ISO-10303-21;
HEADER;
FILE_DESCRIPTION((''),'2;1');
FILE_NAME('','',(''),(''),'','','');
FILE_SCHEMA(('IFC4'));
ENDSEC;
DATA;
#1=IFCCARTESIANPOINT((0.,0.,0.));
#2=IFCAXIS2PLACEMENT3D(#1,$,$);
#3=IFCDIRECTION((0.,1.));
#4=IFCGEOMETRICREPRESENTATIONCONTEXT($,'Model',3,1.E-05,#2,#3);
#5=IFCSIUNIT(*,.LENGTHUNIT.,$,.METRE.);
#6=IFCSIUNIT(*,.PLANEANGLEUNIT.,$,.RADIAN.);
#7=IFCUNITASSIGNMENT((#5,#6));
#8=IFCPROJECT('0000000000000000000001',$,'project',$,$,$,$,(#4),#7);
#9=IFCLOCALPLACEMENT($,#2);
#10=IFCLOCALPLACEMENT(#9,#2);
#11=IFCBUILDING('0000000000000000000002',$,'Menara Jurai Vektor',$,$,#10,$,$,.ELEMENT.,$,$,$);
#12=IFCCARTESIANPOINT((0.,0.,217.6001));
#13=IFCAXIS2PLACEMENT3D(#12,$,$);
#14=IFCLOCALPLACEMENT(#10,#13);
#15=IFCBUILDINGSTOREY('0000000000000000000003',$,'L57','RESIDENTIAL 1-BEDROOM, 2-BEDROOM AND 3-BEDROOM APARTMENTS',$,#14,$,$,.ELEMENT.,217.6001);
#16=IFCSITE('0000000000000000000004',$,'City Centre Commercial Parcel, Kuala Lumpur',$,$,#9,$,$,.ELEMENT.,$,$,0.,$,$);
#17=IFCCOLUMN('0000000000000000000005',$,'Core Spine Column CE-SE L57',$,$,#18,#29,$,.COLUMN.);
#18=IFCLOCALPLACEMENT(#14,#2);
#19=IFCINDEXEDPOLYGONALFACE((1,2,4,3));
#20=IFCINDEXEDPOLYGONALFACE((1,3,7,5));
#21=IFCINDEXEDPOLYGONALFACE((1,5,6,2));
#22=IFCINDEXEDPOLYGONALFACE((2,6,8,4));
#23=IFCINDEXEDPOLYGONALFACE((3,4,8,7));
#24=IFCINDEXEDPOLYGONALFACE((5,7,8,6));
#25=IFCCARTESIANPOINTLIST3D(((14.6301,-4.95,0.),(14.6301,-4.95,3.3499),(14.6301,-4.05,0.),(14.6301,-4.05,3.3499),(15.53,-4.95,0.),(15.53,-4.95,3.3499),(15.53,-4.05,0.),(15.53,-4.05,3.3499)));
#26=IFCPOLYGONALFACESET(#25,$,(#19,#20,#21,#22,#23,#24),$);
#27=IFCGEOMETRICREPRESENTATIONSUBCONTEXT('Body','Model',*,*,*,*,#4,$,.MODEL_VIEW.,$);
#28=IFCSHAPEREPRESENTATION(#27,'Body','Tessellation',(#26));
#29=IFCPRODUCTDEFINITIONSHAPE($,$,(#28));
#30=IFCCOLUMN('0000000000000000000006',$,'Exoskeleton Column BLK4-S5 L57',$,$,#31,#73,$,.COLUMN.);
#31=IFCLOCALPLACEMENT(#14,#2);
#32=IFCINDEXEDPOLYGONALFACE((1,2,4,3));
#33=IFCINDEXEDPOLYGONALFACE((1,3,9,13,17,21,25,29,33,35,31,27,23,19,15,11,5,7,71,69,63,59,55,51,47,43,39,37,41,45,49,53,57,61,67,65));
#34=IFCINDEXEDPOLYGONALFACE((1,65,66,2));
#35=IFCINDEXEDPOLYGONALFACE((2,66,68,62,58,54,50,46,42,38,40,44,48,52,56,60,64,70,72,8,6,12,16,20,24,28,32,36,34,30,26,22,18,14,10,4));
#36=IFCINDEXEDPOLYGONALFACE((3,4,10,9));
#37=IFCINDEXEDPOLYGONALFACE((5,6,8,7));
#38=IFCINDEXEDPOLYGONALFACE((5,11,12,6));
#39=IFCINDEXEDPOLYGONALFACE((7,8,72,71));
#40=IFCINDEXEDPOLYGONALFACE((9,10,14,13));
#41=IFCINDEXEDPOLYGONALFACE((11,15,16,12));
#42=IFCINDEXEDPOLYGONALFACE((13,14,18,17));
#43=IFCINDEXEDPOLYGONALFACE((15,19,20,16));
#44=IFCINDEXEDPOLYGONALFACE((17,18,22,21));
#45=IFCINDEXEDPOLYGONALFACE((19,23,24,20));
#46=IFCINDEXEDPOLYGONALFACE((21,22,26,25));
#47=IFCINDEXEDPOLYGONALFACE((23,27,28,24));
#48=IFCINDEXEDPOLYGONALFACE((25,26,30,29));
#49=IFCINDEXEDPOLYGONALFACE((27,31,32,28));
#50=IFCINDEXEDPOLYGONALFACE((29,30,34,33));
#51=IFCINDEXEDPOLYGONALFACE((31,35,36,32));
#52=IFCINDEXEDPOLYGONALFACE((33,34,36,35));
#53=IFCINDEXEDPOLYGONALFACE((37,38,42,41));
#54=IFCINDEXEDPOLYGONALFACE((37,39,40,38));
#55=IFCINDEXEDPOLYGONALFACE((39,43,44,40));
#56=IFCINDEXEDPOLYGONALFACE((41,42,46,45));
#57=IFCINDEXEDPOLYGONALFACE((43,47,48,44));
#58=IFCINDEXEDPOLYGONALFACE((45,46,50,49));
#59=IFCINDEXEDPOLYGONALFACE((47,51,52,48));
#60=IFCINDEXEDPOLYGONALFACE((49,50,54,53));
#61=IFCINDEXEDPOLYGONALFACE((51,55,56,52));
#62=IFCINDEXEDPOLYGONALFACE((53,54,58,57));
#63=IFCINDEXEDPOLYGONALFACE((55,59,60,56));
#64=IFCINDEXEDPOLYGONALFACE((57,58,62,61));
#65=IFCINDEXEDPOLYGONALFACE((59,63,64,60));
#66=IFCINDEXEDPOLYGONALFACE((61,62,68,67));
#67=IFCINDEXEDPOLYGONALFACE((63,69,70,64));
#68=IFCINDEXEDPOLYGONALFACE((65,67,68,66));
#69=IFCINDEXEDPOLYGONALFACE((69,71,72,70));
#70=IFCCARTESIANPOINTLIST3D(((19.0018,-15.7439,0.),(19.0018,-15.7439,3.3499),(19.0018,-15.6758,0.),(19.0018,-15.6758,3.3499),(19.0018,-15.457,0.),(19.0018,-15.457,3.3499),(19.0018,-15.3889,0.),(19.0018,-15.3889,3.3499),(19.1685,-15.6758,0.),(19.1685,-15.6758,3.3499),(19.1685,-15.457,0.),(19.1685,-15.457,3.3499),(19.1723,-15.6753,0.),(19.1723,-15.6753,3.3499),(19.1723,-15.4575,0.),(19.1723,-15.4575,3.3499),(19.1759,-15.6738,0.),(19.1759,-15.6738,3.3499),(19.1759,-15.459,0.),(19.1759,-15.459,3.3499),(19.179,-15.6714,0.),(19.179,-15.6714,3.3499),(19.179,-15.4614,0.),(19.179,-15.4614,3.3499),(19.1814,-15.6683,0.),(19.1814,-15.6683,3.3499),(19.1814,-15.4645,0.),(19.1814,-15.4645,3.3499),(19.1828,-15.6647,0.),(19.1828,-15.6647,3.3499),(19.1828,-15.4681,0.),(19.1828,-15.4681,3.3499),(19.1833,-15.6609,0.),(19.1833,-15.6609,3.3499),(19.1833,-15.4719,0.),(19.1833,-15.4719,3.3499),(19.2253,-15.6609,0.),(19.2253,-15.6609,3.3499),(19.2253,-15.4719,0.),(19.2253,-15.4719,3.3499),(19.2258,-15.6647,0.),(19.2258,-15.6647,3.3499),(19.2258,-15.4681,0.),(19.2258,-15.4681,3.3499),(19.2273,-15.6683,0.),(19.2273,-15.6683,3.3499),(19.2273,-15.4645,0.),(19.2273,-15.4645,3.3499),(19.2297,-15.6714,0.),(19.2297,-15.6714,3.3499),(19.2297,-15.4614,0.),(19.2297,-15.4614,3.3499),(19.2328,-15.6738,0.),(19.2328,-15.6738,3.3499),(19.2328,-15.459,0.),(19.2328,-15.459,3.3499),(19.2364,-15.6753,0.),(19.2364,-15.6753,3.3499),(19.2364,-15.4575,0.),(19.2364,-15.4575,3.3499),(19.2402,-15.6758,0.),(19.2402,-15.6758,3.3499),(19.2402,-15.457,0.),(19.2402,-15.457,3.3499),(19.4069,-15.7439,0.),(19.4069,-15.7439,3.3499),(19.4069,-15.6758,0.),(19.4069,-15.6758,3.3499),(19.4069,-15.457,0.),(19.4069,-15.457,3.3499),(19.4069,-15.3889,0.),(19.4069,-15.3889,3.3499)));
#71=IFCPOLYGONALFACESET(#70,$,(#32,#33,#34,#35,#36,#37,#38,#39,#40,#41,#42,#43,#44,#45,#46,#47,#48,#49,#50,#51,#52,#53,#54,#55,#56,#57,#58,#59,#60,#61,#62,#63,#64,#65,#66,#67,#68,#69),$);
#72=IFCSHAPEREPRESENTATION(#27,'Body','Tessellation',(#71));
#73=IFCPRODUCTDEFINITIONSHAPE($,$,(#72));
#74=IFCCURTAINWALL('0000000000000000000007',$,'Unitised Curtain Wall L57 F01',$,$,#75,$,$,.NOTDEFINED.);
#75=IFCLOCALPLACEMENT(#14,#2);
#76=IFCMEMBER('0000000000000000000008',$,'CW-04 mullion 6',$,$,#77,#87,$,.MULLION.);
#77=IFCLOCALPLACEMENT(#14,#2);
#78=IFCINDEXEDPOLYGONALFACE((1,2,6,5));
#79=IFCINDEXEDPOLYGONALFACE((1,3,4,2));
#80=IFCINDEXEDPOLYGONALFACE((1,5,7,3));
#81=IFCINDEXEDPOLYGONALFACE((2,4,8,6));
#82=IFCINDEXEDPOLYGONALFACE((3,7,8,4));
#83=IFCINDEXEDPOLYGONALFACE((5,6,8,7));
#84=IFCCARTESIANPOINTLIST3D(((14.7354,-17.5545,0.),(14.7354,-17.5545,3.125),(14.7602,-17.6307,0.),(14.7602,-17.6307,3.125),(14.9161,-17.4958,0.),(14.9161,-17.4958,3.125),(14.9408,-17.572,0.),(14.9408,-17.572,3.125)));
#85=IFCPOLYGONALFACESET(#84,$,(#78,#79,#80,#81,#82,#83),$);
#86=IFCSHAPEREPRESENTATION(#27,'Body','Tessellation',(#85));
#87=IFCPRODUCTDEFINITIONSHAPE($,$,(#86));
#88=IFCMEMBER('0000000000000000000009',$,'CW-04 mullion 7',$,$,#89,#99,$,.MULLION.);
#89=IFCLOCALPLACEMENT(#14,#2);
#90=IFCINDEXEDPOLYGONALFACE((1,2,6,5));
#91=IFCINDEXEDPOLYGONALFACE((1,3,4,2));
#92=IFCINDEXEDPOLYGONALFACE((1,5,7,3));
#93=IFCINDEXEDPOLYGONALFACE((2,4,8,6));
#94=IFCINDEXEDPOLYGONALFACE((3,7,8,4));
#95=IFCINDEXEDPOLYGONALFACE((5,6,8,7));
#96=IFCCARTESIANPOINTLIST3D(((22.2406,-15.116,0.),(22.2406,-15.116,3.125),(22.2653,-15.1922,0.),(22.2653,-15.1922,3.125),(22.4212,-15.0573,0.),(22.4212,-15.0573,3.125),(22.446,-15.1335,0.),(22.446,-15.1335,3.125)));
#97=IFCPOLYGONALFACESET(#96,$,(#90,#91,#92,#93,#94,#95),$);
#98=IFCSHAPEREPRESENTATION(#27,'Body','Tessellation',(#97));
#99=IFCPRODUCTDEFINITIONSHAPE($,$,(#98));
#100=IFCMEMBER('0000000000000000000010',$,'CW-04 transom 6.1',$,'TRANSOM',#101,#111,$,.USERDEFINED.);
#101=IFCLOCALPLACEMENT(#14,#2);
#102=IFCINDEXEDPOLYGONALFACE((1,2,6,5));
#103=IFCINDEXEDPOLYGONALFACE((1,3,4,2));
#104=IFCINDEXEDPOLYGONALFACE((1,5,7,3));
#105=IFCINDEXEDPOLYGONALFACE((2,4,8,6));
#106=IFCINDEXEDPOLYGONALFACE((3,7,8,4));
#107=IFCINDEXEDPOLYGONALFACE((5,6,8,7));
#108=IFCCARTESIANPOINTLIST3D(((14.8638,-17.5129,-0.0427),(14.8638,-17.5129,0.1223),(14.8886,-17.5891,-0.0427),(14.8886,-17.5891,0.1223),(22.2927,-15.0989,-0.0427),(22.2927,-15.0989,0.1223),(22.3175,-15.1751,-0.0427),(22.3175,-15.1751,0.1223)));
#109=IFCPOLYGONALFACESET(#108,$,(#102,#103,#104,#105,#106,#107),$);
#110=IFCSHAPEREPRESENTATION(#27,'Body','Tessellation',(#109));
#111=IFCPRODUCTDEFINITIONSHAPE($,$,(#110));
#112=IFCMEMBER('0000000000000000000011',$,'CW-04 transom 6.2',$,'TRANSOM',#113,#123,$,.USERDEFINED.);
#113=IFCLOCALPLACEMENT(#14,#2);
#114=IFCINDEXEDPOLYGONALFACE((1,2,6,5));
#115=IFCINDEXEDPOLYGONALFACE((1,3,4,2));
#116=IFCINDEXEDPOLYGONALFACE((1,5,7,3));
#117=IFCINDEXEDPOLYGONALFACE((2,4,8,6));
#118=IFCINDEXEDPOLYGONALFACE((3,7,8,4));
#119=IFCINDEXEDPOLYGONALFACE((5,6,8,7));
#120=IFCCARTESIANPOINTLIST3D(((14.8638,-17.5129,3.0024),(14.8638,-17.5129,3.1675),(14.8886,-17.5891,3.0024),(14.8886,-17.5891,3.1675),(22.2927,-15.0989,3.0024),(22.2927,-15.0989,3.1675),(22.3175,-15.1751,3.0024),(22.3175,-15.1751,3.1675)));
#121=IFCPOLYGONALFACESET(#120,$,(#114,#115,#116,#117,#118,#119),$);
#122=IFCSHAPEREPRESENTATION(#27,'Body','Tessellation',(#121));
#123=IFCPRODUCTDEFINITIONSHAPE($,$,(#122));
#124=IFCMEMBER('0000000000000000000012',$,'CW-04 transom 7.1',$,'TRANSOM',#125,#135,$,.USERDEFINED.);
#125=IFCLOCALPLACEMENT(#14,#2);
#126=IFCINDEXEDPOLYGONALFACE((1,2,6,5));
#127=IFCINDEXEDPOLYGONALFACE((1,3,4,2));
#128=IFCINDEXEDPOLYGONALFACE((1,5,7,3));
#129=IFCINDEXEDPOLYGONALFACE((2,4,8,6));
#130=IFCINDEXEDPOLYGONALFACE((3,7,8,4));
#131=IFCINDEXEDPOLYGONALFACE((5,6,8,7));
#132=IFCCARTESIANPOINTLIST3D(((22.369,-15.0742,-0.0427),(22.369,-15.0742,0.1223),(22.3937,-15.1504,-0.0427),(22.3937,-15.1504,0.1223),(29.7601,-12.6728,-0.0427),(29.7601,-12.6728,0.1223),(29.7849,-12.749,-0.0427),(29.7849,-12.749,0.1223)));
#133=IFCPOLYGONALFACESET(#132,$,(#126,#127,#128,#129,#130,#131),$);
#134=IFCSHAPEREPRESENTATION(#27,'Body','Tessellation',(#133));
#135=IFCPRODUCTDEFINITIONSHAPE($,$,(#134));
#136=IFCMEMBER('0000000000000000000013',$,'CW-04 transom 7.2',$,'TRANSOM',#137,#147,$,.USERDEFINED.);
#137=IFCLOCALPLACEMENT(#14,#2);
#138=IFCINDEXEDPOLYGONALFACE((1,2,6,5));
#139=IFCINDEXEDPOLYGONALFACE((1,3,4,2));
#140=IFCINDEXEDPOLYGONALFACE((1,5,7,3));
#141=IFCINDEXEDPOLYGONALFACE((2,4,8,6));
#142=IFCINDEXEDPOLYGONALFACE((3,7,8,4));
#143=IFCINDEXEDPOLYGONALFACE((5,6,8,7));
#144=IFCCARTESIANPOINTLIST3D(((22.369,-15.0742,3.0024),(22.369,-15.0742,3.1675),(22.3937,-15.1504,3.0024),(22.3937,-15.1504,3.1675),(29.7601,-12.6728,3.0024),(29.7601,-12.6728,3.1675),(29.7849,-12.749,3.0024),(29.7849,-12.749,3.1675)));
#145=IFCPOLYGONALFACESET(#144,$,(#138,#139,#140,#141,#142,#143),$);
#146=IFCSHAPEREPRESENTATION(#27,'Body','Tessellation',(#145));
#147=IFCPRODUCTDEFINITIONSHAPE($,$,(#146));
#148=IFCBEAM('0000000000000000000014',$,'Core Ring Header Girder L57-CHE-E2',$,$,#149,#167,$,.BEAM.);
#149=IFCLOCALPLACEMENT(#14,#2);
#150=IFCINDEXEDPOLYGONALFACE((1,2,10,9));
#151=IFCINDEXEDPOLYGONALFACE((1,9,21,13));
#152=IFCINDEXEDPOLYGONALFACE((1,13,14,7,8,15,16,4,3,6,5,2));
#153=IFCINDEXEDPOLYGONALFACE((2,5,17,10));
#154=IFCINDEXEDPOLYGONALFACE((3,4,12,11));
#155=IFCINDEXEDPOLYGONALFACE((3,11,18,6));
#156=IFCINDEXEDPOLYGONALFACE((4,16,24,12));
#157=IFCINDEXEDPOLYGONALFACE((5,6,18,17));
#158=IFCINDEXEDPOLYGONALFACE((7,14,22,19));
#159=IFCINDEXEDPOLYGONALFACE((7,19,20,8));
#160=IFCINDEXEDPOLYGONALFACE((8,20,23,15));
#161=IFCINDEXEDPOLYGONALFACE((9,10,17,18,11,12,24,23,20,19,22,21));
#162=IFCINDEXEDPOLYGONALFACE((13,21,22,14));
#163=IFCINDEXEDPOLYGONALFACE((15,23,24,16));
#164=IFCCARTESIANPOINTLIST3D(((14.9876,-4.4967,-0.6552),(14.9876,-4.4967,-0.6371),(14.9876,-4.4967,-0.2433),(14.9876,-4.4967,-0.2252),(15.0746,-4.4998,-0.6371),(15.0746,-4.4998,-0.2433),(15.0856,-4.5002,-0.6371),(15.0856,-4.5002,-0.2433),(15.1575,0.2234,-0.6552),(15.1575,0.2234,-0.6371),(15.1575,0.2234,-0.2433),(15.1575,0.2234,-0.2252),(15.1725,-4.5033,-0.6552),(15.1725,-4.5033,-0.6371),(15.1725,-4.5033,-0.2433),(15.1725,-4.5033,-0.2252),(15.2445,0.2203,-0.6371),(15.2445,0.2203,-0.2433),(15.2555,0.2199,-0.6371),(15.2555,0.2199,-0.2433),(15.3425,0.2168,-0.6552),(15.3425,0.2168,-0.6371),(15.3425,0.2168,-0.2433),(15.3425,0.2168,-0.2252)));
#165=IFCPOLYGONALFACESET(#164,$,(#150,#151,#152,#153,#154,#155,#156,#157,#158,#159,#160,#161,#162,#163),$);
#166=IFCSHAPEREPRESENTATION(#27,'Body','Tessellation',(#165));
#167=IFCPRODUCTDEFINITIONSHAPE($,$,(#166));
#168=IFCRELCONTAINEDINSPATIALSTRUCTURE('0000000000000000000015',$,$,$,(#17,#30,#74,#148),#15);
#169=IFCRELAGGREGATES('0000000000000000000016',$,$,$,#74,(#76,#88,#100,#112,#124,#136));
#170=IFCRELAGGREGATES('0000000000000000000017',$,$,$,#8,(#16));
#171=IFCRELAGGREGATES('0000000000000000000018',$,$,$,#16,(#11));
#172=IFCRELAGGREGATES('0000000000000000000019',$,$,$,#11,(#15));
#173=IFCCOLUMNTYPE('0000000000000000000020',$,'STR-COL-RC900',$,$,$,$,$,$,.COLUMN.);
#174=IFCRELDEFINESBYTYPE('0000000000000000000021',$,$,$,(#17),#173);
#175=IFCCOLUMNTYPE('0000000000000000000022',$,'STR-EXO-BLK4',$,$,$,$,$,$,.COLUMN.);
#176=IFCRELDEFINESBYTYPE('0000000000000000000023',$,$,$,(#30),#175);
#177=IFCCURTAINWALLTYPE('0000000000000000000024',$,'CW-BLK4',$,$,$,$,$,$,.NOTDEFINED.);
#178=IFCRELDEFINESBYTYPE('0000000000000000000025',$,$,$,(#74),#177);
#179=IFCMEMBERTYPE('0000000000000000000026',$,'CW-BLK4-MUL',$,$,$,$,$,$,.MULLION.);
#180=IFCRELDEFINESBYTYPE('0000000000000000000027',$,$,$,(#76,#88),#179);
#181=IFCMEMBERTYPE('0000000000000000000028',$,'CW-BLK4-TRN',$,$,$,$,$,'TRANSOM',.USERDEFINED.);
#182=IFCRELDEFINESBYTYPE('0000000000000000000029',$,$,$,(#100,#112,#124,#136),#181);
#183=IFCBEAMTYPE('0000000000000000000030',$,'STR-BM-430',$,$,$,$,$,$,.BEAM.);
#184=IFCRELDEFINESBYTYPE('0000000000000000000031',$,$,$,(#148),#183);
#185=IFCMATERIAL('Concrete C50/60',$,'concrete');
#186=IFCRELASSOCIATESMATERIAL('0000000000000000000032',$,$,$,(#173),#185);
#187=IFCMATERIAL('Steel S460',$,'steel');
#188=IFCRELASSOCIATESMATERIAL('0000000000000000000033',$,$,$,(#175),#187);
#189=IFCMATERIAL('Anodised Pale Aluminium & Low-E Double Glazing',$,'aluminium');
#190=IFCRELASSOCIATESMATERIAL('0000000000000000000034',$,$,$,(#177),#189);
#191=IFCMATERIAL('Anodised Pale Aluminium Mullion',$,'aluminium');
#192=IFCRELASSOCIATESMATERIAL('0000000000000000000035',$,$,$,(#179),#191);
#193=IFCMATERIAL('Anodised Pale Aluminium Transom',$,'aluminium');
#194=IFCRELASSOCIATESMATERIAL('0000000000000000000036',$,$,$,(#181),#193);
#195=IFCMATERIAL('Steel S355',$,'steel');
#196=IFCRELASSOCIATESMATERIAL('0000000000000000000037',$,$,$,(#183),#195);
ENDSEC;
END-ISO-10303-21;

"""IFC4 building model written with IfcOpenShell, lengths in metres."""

from ifc_helpers import new_model, si_unit, direction, frame, origin, origin_2d, place, context, subcontext, project, spatial, rectangle, i_section, extrude, material, material_profile, profile_set, type_object, element, aggregate, save


model = new_model("IFC4")

# Units and contexts
model_context = context("Model", 3, precision=1e-05, world=origin(), true_north=direction((0.0, 1.0)))
body_context = subcontext(model_context, "Body", "Model", "MODEL_VIEW")
ifc_project = project(units=[si_unit("LENGTHUNIT", "METRE"), si_unit("PLANEANGLEUNIT", "RADIAN")], contexts=[model_context])

# Site, building, storey
site_placement = place(None, origin())
site = spatial("IfcSite", under=ifc_project, at=site_placement, Name="City Centre Commercial Parcel, Kuala Lumpur", CompositionType="ELEMENT", RefElevation=0.0)
building_placement = place(site_placement, origin())
building = spatial("IfcBuilding", under=site, at=building_placement, Name="Menara Jurai Vektor", CompositionType="ELEMENT")
storey_placement = place(building_placement, frame((0.0, 0.0, 217.6001)))
storey = spatial("IfcBuildingStorey", under=building, at=storey_placement, Name="L57", Description="RESIDENTIAL 1-BEDROOM, 2-BEDROOM AND 3-BEDROOM APARTMENTS", CompositionType="ELEMENT", Elevation=217.6001)

# Columns
ifc_material_1 = material(Name="Concrete C50/60", Category="concrete")
ifc_material_profile_1 = material_profile(ifc_material_1, rectangle(XDim=0.8999, YDim=0.8999, at=origin_2d()), Name="RC 900x900")
ifc_profile_set_1 = profile_set([ifc_material_profile_1], Name="Concrete C50/60")
column_type_1 = type_object("IfcColumnType", Name="STR-COL-RC900", PredefinedType="COLUMN", material=ifc_profile_set_1)
column_1_placement = place(storey_placement, frame((15.0801, -4.5, 0.0), z_axis=(0.0, 0.0, 1.0), x_axis=(1.0, 0.0, 0.0)))
element("IfcColumn", 1, at=column_1_placement, inside=storey, type_object=column_type_1, Name="Core Spine Column CE-SE L57", PredefinedType="COLUMN", context=body_context, shape_type="SweptSolid", body=[
    extrude(rectangle(XDim=0.8999, YDim=0.8999, at=origin_2d()), origin(), (0.0, 0.0, 1.0), 3.3499),
])
ifc_material_2 = material(Name="Steel S460", Category="steel")
ifc_material_profile_2 = material_profile(ifc_material_2, i_section(OverallWidth=0.405, OverallDepth=0.355, WebThickness=0.042, FlangeThickness=0.0681, FilletRadius=0.0149, at=origin_2d()), Name="HD 400x551")
ifc_profile_set_2 = profile_set([ifc_material_profile_2], Name="Steel S460")
column_type_2 = type_object("IfcColumnType", Name="STR-EXO-BLK4", PredefinedType="COLUMN", material=ifc_profile_set_2)
column_2_placement = place(storey_placement, frame((19.2043, -15.5664, 0.0), z_axis=(0.0, 0.0, 1.0), x_axis=(1.0, 0.0, 0.0)))
element("IfcColumn", 2, at=column_2_placement, inside=storey, type_object=column_type_2, Name="Exoskeleton Column BLK4-S5 L57", PredefinedType="COLUMN", context=body_context, shape_type="SweptSolid", body=[
    extrude(i_section(OverallWidth=0.405, OverallDepth=0.355, WebThickness=0.042, FlangeThickness=0.0681, FilletRadius=0.0149, at=origin_2d()), origin(), (0.0, 0.0, 1.0), 3.3499),
])

# Curtain wall, members
ifc_material_3 = material(Name="Anodised Pale Aluminium & Low-E Double Glazing", Category="aluminium")
curtain_wall_type = type_object("IfcCurtainWallType", Name="CW-BLK4", PredefinedType="NOTDEFINED", material=ifc_material_3)
curtain_wall_placement = place(storey_placement, origin())
curtain_wall = element("IfcCurtainWall", 3, at=curtain_wall_placement, inside=storey, type_object=curtain_wall_type, Name="Unitised Curtain Wall L57 F01", PredefinedType="NOTDEFINED")
ifc_material_4 = material(Name="Anodised Pale Aluminium Mullion", Category="aluminium")
ifc_material_profile_3 = material_profile(ifc_material_4, rectangle(XDim=0.0801, YDim=0.1899, at=origin_2d()), Name="ALU MUL 80x190")
ifc_profile_set_3 = profile_set([ifc_material_profile_3], Name="Anodised Pale Aluminium Mullion")
member_type_1 = type_object("IfcMemberType", Name="CW-BLK4-MUL", PredefinedType="MULLION", material=ifc_profile_set_3)
member_1_placement = place(storey_placement, frame((14.8381, -17.5632, 0.0), z_axis=(0.0, 0.0, 1.0), x_axis=(-0.309017, 0.951056, 0.0)))
member_1 = element("IfcMember", 4, at=member_1_placement, type_object=member_type_1, Name="CW-04 mullion 6", PredefinedType="MULLION", context=body_context, shape_type="SweptSolid", body=[
    extrude(rectangle(XDim=0.0801, YDim=0.1899, at=origin_2d()), origin(), (0.0, 0.0, 1.0), 3.125),
])
member_2_placement = place(storey_placement, frame((22.3433, -15.1248, 0.0), z_axis=(0.0, 0.0, 1.0), x_axis=(-0.309017, 0.951056, 0.0)))
member_2 = element("IfcMember", 5, at=member_2_placement, type_object=member_type_1, Name="CW-04 mullion 7", PredefinedType="MULLION", context=body_context, shape_type="SweptSolid", body=[
    extrude(rectangle(XDim=0.0801, YDim=0.1899, at=origin_2d()), origin(), (0.0, 0.0, 1.0), 3.125),
])
ifc_material_5 = material(Name="Anodised Pale Aluminium Transom", Category="aluminium")
ifc_material_profile_4 = material_profile(ifc_material_5, rectangle(XDim=0.0801, YDim=0.165, at=origin_2d()), Name="ALU TRN 80x165")
ifc_profile_set_4 = profile_set([ifc_material_profile_4], Name="Anodised Pale Aluminium Transom")
member_type_2 = type_object("IfcMemberType", Name="CW-BLK4-TRN", ElementType="TRANSOM", PredefinedType="USERDEFINED", material=ifc_profile_set_4)
member_3_placement = place(storey_placement, frame((14.8762, -17.551, 0.0398), z_axis=(0.951047, 0.309046, 0.0), x_axis=(-0.309046, 0.951047, 0.0)))
member_3 = element("IfcMember", 6, at=member_3_placement, type_object=member_type_2, Name="CW-04 transom 6.1", ObjectType="TRANSOM", PredefinedType="USERDEFINED", context=body_context, shape_type="SweptSolid", body=[
    extrude(rectangle(XDim=0.0801, YDim=0.165, at=origin_2d()), origin(), (0.0, 0.0, 1.0), 7.8113),
])
member_4_placement = place(storey_placement, frame((14.8762, -17.551, 3.085), z_axis=(0.951047, 0.309046, 0.0), x_axis=(-0.309046, 0.951047, 0.0)))
member_4 = element("IfcMember", 7, at=member_4_placement, type_object=member_type_2, Name="CW-04 transom 6.2", ObjectType="TRANSOM", PredefinedType="USERDEFINED", context=body_context, shape_type="SweptSolid", body=[
    extrude(rectangle(XDim=0.0801, YDim=0.165, at=origin_2d()), origin(), (0.0, 0.0, 1.0), 7.8113),
])
member_5_placement = place(storey_placement, frame((22.3813, -15.1123, 0.0398), z_axis=(0.951062, 0.308999, 0.0), x_axis=(-0.308999, 0.951062, 0.0)))
member_5 = element("IfcMember", 8, at=member_5_placement, type_object=member_type_2, Name="CW-04 transom 7.1", ObjectType="TRANSOM", PredefinedType="USERDEFINED", context=body_context, shape_type="SweptSolid", body=[
    extrude(rectangle(XDim=0.0801, YDim=0.165, at=origin_2d()), origin(), (0.0, 0.0, 1.0), 7.7715),
])
member_6_placement = place(storey_placement, frame((22.3813, -15.1123, 3.085), z_axis=(0.951062, 0.308999, 0.0), x_axis=(-0.308999, 0.951062, 0.0)))
member_6 = element("IfcMember", 9, at=member_6_placement, type_object=member_type_2, Name="CW-04 transom 7.2", ObjectType="TRANSOM", PredefinedType="USERDEFINED", context=body_context, shape_type="SweptSolid", body=[
    extrude(rectangle(XDim=0.0801, YDim=0.165, at=origin_2d()), origin(), (0.0, 0.0, 1.0), 7.7715),
])

# Beam
ifc_material_6 = material(Name="Steel S355", Category="steel")
ifc_material_profile_5 = material_profile(ifc_material_6, i_section(OverallWidth=0.1851, OverallDepth=0.4299, WebThickness=0.011, FlangeThickness=0.0181, at=origin_2d()), Name="PG 430x185x76")
ifc_profile_set_5 = profile_set([ifc_material_profile_5], Name="Steel S355")
beam_type_1 = type_object("IfcBeamType", Name="STR-BM-430", PredefinedType="BEAM", material=ifc_profile_set_5)
beam_1_placement = place(storey_placement, frame((15.0801, -4.5, -0.4402), z_axis=(0.035977, 0.999353, 0.0), x_axis=(-0.999353, 0.035977, 0.0)))
element("IfcBeam", 10, at=beam_1_placement, inside=storey, type_object=beam_type_1, Name="Core Ring Header Girder L57-CHE-E2", PredefinedType="BEAM", context=body_context, shape_type="SweptSolid", body=[
    extrude(i_section(OverallWidth=0.1851, OverallDepth=0.4299, WebThickness=0.011, FlangeThickness=0.0181, at=origin_2d()), origin(), (0.0, 0.0, 1.0), 4.7231),
])

aggregate(curtain_wall, [member_1, member_2, member_3, member_4, member_5, member_6])

save(model, "model.ifc")
